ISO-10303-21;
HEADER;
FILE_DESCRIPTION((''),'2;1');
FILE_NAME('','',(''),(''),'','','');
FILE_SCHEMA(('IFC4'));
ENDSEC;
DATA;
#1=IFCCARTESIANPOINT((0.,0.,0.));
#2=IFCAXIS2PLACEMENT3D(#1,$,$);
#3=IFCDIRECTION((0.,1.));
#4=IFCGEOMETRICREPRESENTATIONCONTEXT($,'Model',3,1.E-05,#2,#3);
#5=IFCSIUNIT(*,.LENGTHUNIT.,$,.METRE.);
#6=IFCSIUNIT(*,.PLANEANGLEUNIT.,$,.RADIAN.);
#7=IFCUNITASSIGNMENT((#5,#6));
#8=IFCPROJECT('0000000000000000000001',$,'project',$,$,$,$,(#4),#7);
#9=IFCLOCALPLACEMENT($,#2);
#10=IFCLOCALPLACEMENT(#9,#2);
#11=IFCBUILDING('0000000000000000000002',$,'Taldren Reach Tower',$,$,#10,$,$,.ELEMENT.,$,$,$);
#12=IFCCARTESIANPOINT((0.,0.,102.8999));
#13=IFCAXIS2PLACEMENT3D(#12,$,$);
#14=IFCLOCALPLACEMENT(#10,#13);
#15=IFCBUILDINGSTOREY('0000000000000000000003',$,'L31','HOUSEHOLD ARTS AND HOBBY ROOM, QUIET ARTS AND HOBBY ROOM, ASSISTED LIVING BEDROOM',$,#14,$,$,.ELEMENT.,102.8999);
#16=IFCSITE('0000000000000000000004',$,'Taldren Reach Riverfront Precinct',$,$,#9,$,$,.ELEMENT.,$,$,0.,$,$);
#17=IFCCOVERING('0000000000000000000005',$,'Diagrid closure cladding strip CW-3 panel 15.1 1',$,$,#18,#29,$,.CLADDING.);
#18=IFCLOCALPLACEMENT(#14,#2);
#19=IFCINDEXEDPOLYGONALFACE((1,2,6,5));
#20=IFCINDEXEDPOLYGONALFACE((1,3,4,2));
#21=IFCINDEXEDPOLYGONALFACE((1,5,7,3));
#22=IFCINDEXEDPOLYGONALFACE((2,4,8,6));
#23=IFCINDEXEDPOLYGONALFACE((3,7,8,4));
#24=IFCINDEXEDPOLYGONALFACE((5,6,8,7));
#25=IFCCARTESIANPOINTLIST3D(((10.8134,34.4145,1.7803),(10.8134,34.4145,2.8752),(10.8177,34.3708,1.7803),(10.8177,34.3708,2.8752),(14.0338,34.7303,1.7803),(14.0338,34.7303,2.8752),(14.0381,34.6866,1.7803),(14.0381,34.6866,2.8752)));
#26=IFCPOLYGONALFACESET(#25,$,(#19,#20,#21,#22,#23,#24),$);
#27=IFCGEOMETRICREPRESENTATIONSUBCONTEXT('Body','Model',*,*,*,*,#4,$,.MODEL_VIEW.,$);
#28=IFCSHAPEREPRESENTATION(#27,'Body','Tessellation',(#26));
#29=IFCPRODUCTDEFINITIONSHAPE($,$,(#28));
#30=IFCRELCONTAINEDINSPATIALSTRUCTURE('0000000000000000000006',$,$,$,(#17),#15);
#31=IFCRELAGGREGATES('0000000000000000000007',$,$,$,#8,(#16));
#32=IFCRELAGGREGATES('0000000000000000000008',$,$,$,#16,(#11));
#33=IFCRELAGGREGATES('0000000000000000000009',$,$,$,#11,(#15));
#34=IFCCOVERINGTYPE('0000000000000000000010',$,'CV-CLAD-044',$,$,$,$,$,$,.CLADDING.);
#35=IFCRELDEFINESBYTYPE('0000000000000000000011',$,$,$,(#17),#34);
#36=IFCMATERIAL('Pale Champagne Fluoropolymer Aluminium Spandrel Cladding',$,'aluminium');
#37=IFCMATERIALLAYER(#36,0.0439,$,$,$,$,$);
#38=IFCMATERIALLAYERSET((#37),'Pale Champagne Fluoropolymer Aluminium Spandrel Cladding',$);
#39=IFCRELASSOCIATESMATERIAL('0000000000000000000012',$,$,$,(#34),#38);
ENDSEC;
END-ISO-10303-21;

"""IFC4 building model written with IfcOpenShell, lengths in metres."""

from ifc_helpers import new_model, si_unit, direction, frame, origin, origin_2d, place, context, subcontext, project, spatial, rectangle, extrude, source, transform, mapped, material, layer, layer_set, type_object, element, save


model = new_model("IFC4")

# Units and contexts
model_context = context("Model", 3, precision=1e-05, world=origin(), true_north=direction((0.0, 1.0)))
body_context = subcontext(model_context, "Body", "Model", "MODEL_VIEW")
ifc_project = project(units=[si_unit("LENGTHUNIT", "METRE"), si_unit("PLANEANGLEUNIT", "RADIAN")], contexts=[model_context])

# Site, building, storey
site_placement = place(None, origin())
site = spatial("IfcSite", under=ifc_project, at=site_placement, Name="Taldren Reach Riverfront Precinct", CompositionType="ELEMENT", RefElevation=0.0)
building_placement = place(site_placement, origin())
building = spatial("IfcBuilding", under=site, at=building_placement, Name="Taldren Reach Tower", CompositionType="ELEMENT")
storey_placement = place(building_placement, frame((0.0, 0.0, 102.8999)))
storey = spatial("IfcBuildingStorey", under=building, at=storey_placement, Name="L31", Description="HOUSEHOLD ARTS AND HOBBY ROOM, QUIET ARTS AND HOBBY ROOM, ASSISTED LIVING BEDROOM", CompositionType="ELEMENT", Elevation=102.8999)

# Covering
ifc_material_1 = material(Name="Pale Champagne Fluoropolymer Aluminium Spandrel Cladding", Category="aluminium")
ifc_layer_1 = layer(ifc_material_1, 0.0439)
ifc_layer_set_1 = layer_set([ifc_layer_1], Name="Pale Champagne Fluoropolymer Aluminium Spandrel Cladding")
covering_type = type_object("IfcCoveringType", Name="CV-CLAD-044", PredefinedType="CLADDING", material=ifc_layer_set_1)
shared_shape_1 = source(origin(), body_context, "Body", "SweptSolid", [
    extrude(rectangle(XDim=3.2358, YDim=0.0439, at=origin_2d()), origin(), (0.0, 0.0, 1.0), 1.095),
])
covering_placement = place(storey_placement, frame((12.4258, 34.5505, 1.7803), z_axis=(0.0, 0.0, 1.0), x_axis=(-0.995227, -0.097583, 0.0)))
element("IfcCovering", 1, at=covering_placement, inside=storey, type_object=covering_type, Name="Diagrid closure cladding strip CW-3 panel 15.1 1", PredefinedType="CLADDING", context=body_context, shape_type="MappedRepresentation", body=[
    mapped(shared_shape_1, transform((0.0, 0.0, 0.0), scale=1.0)),
])

save(model, "model.ifc")
